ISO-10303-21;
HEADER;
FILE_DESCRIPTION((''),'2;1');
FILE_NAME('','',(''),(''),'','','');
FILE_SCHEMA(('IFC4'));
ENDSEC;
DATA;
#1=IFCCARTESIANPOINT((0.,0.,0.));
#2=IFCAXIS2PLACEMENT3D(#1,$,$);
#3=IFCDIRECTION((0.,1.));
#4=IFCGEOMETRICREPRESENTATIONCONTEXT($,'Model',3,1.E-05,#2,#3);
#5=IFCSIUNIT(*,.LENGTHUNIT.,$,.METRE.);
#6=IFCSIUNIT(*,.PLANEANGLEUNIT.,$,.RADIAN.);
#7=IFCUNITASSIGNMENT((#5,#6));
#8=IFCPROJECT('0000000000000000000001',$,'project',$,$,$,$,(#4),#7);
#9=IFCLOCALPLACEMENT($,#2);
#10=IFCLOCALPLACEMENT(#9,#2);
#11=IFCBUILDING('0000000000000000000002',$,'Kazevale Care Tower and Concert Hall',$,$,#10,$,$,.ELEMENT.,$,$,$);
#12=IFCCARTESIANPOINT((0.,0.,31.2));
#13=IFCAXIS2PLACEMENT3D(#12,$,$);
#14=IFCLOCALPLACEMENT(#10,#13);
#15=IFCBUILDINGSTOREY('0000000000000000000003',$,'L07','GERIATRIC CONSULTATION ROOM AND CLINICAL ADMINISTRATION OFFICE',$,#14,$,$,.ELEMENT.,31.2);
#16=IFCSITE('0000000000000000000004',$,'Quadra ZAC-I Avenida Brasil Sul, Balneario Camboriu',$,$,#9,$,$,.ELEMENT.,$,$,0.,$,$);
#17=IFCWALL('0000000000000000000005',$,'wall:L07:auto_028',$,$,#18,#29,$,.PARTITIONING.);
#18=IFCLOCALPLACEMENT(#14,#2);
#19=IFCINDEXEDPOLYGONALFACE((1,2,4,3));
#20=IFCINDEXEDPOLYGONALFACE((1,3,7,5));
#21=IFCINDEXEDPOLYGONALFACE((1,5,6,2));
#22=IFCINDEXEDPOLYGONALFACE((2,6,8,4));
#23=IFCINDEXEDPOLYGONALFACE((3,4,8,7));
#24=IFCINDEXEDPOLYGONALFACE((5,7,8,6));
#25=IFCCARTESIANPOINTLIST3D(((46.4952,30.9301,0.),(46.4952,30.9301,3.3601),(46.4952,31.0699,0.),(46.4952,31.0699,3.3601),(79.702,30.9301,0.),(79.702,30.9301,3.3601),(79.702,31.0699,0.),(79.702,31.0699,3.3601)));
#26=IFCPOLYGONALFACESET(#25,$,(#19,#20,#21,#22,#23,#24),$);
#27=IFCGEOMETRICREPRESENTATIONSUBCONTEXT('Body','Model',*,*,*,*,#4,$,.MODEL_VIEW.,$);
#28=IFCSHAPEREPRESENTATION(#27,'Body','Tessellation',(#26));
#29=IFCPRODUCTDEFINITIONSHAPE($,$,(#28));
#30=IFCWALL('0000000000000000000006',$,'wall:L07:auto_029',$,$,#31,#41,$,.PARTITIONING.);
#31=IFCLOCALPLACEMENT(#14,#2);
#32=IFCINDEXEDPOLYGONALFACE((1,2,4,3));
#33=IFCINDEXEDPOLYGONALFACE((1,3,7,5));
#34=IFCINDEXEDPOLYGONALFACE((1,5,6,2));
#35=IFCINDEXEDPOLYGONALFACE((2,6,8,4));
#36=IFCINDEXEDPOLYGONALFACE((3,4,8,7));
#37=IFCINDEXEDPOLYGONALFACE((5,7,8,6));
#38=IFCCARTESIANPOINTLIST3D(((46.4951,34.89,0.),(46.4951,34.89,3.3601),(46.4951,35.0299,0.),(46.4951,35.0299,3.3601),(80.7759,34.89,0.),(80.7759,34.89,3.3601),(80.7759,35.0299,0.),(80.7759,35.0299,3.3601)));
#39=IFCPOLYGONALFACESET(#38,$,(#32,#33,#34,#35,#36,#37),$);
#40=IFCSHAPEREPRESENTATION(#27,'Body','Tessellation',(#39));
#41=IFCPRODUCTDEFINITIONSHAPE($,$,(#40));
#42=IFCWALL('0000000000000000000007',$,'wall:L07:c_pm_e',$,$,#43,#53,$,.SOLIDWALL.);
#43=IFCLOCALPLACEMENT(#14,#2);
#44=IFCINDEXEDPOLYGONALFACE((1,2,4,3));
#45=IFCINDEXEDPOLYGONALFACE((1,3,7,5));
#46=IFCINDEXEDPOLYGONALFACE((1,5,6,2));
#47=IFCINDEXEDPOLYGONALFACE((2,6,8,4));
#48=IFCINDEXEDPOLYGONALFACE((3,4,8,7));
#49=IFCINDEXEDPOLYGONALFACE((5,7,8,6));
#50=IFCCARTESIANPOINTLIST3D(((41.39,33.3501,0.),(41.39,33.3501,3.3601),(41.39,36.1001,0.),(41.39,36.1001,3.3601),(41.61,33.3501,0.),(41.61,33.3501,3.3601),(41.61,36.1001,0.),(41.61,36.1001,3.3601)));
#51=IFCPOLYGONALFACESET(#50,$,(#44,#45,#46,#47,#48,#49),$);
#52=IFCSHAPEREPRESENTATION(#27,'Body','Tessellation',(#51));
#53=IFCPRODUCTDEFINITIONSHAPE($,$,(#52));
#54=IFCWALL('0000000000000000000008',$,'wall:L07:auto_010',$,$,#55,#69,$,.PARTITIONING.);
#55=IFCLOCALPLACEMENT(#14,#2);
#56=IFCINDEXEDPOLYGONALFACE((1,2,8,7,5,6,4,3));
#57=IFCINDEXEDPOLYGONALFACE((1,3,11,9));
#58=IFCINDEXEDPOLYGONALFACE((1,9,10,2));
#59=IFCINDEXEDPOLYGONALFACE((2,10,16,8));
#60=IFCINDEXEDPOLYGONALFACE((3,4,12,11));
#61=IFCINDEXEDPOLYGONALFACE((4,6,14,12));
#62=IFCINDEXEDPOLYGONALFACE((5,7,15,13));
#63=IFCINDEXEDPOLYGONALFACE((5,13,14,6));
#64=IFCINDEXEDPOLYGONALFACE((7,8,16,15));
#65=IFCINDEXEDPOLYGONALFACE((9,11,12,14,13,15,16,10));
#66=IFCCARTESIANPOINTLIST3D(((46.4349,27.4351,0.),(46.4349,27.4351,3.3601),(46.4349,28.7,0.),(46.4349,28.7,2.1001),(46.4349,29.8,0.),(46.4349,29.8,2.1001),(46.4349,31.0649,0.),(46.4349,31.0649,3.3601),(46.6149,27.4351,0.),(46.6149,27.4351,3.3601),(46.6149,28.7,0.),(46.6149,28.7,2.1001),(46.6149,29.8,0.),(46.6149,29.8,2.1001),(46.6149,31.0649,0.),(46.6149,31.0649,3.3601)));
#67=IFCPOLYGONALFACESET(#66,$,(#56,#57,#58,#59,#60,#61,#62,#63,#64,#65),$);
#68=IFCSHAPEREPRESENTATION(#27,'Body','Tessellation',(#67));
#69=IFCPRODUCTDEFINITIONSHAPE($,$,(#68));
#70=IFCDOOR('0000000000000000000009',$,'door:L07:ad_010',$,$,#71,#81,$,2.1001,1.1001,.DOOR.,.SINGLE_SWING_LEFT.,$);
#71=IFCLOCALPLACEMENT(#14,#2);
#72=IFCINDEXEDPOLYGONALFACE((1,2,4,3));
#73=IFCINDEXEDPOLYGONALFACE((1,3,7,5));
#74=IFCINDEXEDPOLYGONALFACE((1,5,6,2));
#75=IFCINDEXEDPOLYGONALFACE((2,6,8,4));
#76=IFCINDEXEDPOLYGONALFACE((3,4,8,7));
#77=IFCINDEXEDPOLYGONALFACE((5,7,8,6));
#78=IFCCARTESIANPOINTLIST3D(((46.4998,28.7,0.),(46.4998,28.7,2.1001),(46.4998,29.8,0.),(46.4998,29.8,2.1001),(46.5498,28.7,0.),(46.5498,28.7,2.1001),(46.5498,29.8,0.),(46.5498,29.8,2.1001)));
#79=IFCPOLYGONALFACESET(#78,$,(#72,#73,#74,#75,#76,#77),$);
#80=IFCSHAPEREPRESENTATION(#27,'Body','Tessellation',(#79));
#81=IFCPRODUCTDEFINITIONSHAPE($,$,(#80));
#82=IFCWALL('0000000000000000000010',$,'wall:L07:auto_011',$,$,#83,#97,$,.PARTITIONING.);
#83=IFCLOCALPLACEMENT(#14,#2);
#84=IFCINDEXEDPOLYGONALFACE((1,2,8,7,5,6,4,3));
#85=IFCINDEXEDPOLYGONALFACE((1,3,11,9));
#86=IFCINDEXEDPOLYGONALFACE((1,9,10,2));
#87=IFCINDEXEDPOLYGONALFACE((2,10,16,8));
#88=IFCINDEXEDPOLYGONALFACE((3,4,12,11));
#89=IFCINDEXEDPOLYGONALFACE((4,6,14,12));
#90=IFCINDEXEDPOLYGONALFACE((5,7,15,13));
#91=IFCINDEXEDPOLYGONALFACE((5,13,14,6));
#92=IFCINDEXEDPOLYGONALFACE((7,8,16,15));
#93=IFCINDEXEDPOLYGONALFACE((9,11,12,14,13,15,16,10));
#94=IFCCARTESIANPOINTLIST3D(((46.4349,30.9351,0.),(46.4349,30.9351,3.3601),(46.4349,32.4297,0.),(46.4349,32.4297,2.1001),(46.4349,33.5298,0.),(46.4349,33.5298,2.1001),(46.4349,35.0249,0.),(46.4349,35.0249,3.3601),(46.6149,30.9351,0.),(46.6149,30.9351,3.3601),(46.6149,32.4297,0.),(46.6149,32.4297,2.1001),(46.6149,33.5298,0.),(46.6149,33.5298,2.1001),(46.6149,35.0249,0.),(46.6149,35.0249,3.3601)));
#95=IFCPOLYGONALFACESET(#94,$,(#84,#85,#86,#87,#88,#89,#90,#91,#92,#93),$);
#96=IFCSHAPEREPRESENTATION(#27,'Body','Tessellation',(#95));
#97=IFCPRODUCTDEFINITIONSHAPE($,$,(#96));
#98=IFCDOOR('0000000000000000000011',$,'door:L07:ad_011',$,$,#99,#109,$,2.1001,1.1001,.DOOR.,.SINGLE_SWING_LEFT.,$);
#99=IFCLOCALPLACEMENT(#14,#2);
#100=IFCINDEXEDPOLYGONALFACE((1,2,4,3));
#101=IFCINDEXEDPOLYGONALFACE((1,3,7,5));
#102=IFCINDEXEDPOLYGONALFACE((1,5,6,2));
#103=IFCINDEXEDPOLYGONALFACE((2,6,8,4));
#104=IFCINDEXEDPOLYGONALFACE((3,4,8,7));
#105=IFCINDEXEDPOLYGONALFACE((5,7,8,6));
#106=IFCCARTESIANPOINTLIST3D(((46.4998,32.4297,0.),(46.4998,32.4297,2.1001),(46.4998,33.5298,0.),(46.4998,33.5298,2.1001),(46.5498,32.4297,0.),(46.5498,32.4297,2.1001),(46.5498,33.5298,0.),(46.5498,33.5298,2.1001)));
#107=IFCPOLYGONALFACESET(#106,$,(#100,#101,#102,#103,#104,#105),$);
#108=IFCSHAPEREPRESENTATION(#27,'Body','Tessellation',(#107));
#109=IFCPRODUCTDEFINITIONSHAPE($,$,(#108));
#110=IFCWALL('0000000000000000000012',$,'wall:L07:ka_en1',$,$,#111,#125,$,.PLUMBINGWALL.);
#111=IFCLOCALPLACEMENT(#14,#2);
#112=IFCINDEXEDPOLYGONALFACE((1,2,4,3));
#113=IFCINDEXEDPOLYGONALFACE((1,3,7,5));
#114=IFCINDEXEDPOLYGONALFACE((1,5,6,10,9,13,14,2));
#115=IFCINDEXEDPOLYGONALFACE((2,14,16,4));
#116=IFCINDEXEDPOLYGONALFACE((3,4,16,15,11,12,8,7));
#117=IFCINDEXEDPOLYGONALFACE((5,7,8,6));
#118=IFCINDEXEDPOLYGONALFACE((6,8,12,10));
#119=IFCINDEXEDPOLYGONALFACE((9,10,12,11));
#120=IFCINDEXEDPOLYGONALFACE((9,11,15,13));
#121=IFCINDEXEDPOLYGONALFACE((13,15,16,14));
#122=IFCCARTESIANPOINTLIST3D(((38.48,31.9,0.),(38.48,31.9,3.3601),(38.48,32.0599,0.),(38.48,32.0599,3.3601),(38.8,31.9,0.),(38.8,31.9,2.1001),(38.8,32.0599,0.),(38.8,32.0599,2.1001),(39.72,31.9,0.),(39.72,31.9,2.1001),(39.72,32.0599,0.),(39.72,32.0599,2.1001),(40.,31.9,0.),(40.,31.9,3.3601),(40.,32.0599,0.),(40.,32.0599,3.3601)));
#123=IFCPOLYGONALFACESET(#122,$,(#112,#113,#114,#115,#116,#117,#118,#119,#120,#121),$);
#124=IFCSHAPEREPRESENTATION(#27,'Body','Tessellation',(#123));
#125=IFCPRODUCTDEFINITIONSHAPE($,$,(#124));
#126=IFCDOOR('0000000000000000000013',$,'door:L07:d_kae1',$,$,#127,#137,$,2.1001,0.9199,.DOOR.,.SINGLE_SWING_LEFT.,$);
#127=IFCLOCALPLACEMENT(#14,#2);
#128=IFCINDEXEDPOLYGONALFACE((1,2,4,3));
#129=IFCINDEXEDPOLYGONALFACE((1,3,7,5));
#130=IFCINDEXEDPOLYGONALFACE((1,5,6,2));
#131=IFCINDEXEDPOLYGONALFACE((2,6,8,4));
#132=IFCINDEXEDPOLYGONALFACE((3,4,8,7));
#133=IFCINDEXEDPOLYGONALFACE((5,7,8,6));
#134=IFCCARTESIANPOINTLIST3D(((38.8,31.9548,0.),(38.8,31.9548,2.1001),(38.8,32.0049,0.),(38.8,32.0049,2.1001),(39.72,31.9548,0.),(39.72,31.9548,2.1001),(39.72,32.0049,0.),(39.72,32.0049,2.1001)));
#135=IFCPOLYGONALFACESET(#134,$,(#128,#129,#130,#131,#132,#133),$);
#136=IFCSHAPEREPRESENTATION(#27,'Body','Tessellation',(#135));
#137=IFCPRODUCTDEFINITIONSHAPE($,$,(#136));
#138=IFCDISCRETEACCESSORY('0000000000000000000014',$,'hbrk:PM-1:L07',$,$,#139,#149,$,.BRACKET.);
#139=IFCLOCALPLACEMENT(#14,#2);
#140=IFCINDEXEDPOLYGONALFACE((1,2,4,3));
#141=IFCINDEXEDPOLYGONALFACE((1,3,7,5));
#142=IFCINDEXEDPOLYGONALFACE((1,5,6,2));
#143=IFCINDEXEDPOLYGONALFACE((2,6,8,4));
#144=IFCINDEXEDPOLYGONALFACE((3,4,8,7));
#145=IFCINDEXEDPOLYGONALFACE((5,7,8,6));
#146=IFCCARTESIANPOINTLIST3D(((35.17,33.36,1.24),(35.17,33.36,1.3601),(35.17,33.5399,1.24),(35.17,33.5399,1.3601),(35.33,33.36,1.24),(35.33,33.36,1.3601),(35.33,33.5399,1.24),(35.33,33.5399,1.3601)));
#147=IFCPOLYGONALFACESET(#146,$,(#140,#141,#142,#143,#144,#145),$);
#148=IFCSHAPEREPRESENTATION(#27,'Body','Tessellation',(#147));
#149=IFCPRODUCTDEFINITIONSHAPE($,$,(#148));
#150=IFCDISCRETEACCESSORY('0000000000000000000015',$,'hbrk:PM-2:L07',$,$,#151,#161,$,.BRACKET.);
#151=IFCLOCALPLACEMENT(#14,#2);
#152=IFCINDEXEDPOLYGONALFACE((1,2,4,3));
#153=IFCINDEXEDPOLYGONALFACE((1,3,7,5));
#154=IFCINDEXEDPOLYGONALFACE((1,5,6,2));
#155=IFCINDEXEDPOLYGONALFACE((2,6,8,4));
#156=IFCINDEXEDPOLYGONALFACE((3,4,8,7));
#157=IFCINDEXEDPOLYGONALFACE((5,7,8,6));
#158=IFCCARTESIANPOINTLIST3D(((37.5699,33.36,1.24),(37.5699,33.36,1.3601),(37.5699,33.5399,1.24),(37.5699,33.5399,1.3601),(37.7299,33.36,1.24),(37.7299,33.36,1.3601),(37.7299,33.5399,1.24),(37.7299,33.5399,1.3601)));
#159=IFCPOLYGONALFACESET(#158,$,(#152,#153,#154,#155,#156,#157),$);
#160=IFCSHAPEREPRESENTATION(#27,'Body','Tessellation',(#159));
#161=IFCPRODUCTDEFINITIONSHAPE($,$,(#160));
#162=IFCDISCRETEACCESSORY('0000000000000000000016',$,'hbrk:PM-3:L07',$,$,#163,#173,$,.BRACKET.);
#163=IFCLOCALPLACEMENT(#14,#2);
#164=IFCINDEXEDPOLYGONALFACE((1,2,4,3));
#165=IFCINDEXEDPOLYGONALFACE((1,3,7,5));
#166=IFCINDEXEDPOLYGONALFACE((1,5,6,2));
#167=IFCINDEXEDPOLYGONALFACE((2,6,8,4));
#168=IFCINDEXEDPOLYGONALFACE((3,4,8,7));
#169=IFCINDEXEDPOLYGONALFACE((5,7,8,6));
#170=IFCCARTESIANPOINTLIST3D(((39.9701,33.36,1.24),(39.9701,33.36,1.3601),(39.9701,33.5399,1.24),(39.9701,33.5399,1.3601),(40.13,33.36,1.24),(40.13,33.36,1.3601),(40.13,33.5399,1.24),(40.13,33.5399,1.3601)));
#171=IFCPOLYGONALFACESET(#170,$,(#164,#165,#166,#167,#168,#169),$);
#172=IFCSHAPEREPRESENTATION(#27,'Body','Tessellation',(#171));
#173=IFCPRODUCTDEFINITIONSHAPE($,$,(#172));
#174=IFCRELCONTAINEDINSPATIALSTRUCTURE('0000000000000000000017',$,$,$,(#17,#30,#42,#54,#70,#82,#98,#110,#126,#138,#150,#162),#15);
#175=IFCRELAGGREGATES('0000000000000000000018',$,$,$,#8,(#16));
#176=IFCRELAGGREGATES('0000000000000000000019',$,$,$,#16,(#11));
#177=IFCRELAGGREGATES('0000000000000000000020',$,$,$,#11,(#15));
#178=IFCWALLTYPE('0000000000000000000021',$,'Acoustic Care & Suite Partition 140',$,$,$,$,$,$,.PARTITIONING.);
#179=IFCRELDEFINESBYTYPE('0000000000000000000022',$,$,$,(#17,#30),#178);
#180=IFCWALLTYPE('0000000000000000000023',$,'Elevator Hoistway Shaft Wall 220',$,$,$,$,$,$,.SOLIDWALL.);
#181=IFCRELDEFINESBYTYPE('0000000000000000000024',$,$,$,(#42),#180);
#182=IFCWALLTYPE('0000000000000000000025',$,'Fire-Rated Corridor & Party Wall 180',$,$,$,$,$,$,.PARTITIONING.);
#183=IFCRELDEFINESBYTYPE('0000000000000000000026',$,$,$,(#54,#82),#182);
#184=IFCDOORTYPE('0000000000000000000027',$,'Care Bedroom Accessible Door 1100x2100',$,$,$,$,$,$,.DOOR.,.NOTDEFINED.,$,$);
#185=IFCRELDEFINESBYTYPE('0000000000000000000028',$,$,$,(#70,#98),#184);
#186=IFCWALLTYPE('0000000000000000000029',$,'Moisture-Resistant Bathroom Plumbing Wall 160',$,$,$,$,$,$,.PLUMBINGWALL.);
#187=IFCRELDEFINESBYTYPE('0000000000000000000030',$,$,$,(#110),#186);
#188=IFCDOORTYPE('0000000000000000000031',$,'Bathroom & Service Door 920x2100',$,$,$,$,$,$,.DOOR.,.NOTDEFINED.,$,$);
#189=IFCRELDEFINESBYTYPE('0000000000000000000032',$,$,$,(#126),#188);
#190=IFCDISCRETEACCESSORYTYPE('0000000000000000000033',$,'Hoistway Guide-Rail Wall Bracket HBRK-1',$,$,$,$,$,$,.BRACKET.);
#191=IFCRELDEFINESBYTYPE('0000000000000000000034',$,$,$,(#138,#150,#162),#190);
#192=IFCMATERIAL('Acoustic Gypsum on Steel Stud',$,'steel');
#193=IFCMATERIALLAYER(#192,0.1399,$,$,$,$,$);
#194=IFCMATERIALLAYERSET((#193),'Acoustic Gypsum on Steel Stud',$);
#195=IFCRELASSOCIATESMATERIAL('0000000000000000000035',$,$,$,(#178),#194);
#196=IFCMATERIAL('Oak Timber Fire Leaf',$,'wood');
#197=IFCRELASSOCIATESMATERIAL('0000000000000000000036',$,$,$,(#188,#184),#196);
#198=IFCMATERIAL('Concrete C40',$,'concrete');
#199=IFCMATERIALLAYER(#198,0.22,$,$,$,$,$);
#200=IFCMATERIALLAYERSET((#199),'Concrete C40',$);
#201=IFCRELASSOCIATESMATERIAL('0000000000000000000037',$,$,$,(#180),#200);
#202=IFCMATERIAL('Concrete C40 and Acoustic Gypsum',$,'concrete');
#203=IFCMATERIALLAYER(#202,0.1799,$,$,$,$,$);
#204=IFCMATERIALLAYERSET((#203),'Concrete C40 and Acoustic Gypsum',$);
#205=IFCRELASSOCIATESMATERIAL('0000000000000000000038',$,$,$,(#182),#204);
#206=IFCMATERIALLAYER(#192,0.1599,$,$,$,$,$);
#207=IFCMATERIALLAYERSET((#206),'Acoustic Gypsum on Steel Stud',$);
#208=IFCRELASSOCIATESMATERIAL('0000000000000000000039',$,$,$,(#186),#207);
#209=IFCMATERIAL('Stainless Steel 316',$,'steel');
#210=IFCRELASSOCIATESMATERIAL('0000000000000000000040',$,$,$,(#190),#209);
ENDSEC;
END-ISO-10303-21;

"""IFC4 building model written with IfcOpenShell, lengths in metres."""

from ifc_helpers import new_model, si_unit, direction, frame, frame_2d, origin, origin_2d, place, context, subcontext, project, spatial, rectangle, extrude, material, layer, layer_set, type_object, element, fill, save


model = new_model("IFC4")

# Units and contexts
model_context = context("Model", 3, precision=1e-05, world=origin(), true_north=direction((0.0, 1.0)))
body_context = subcontext(model_context, "Body", "Model", "MODEL_VIEW")
ifc_project = project(units=[si_unit("LENGTHUNIT", "METRE"), si_unit("PLANEANGLEUNIT", "RADIAN")], contexts=[model_context])

# Site, building, storey
site_placement = place(None, origin())
site = spatial("IfcSite", under=ifc_project, at=site_placement, Name="Quadra ZAC-I Avenida Brasil Sul, Balneario Camboriu", CompositionType="ELEMENT", RefElevation=0.0)
building_placement = place(site_placement, origin())
building = spatial("IfcBuilding", under=site, at=building_placement, Name="Kazevale Care Tower and Concert Hall", CompositionType="ELEMENT")
storey_placement = place(building_placement, frame((0.0, 0.0, 31.2)))
storey = spatial("IfcBuildingStorey", under=building, at=storey_placement, Name="L07", Description="GERIATRIC CONSULTATION ROOM AND CLINICAL ADMINISTRATION OFFICE", CompositionType="ELEMENT", Elevation=31.2)

# Shared definitions
ifc_material_1 = material(Name="Acoustic Gypsum on Steel Stud", Category="steel")
ifc_layer_1 = layer(ifc_material_1, 0.1399)
ifc_layer_set_1 = layer_set([ifc_layer_1], Name="Acoustic Gypsum on Steel Stud")
wall_type_1 = type_object("IfcWallType", Name="Acoustic Care & Suite Partition 140", PredefinedType="PARTITIONING", material=ifc_layer_set_1)
ifc_material_2 = material(Name="Oak Timber Fire Leaf", Category="wood")
door_type_1 = type_object("IfcDoorType", Name="Bathroom & Service Door 920x2100", OperationType="NOTDEFINED", PredefinedType="DOOR", material=ifc_material_2)

# Walls
wall_1_placement = place(storey_placement, frame((46.4951, 31.0, 0.0), z_axis=(0.0, 0.0, 1.0), x_axis=(1.0, 0.0, 0.0)))
element("IfcWall", 1, at=wall_1_placement, inside=storey, type_object=wall_type_1, Name="wall:L07:auto_028", PredefinedType="PARTITIONING", context=body_context, shape_type="SweptSolid", body=[
    extrude(rectangle(XDim=33.2068, YDim=0.1399, at=frame_2d((16.6035, 0.0))), origin(), (0.0, 0.0, 1.0), 3.3601),
])
wall_2_placement = place(storey_placement, frame((46.4951, 34.96, 0.0), z_axis=(0.0, 0.0, 1.0), x_axis=(1.0, 0.0, 0.0)))
element("IfcWall", 2, at=wall_2_placement, inside=storey, type_object=wall_type_1, Name="wall:L07:auto_029", PredefinedType="PARTITIONING", context=body_context, shape_type="SweptSolid", body=[
    extrude(rectangle(XDim=34.2808, YDim=0.1399, at=frame_2d((17.1404, 0.0))), origin(), (0.0, 0.0, 1.0), 3.3601),
])
ifc_material_3 = material(Name="Concrete C40", Category="concrete")
ifc_layer_2 = layer(ifc_material_3, 0.22)
ifc_layer_set_2 = layer_set([ifc_layer_2], Name="Concrete C40")
wall_type_2 = type_object("IfcWallType", Name="Elevator Hoistway Shaft Wall 220", PredefinedType="SOLIDWALL", material=ifc_layer_set_2)
wall_3_placement = place(storey_placement, frame((41.5, 33.3501, 0.0), z_axis=(0.0, 0.0, 1.0), x_axis=(0.0, 1.0, 0.0)))
element("IfcWall", 3, at=wall_3_placement, inside=storey, type_object=wall_type_2, Name="wall:L07:c_pm_e", PredefinedType="SOLIDWALL", context=body_context, shape_type="SweptSolid", body=[
    extrude(rectangle(XDim=2.75, YDim=0.22, at=frame_2d((1.375, 0.0))), origin(), (0.0, 0.0, 1.0), 3.3601),
])

# Walls, openings, doors
ifc_material_4 = material(Name="Concrete C40 and Acoustic Gypsum", Category="concrete")
ifc_layer_3 = layer(ifc_material_4, 0.1799)
ifc_layer_set_3 = layer_set([ifc_layer_3], Name="Concrete C40 and Acoustic Gypsum")
wall_type_3 = type_object("IfcWallType", Name="Fire-Rated Corridor & Party Wall 180", PredefinedType="PARTITIONING", material=ifc_layer_set_3)
wall_4_placement = place(storey_placement, frame((46.5249, 31.0649, 0.0), z_axis=(0.0, 0.0, 1.0), x_axis=(0.0, -1.0, 0.0)))
wall_4 = element("IfcWall", 4, at=wall_4_placement, inside=storey, type_object=wall_type_3, Name="wall:L07:auto_010", PredefinedType="PARTITIONING", context=body_context, shape_type="SweptSolid", body=[
    extrude(rectangle(XDim=3.6299, YDim=0.1799, at=frame_2d((1.8149, 0.0))), origin(), (0.0, 0.0, 1.0), 3.3601),
])
opening_1_placement = place(wall_4_placement, frame((1.2649, 0.0, 0.0)))
opening_1 = element("IfcOpeningElement", 5, at=opening_1_placement, cuts=wall_4, PredefinedType="OPENING", context=body_context, shape_type="SweptSolid", body=[
    extrude(rectangle(XDim=1.1001, YDim=2.1001, at=frame_2d((0.55, 1.05))), frame((0.0, 0.0999, 0.0), z_axis=(0.0, -1.0, 0.0), x_axis=(1.0, 0.0, 0.0)), (0.0, 0.0, 1.0), 0.2),
])
door_type_2 = type_object("IfcDoorType", Name="Care Bedroom Accessible Door 1100x2100", OperationType="NOTDEFINED", PredefinedType="DOOR", material=ifc_material_2)
door_1_placement = place(opening_1_placement, origin())
door_1 = element("IfcDoor", 6, at=door_1_placement, inside=storey, type_object=door_type_2, Name="door:L07:ad_010", OperationType="SINGLE_SWING_LEFT", OverallHeight=2.1001, OverallWidth=1.1001, PredefinedType="DOOR", context=body_context, shape_type="SweptSolid", body=[
    extrude(rectangle(XDim=1.1001, YDim=2.1001, at=frame_2d((0.55, 1.05))), frame((0.0, 0.0249, 0.0), z_axis=(0.0, -1.0, 0.0), x_axis=(1.0, 0.0, 0.0)), (0.0, 0.0, 1.0), 0.05),
])
fill(opening_1, door_1)
wall_5_placement = place(storey_placement, frame((46.5249, 35.0249, 0.0), z_axis=(0.0, 0.0, 1.0), x_axis=(0.0, -1.0, 0.0)))
wall_5 = element("IfcWall", 7, at=wall_5_placement, inside=storey, type_object=wall_type_3, Name="wall:L07:auto_011", PredefinedType="PARTITIONING", context=body_context, shape_type="SweptSolid", body=[
    extrude(rectangle(XDim=4.0898, YDim=0.1799, at=frame_2d((2.0449, 0.0))), origin(), (0.0, 0.0, 1.0), 3.3601),
])
opening_2_placement = place(wall_5_placement, frame((1.4951, 0.0, 0.0)))
opening_2 = element("IfcOpeningElement", 8, at=opening_2_placement, cuts=wall_5, PredefinedType="OPENING", context=body_context, shape_type="SweptSolid", body=[
    extrude(rectangle(XDim=1.1001, YDim=2.1001, at=frame_2d((0.55, 1.05))), frame((0.0, 0.0999, 0.0), z_axis=(0.0, -1.0, 0.0), x_axis=(1.0, 0.0, 0.0)), (0.0, 0.0, 1.0), 0.2),
])
door_2_placement = place(opening_2_placement, origin())
door_2 = element("IfcDoor", 9, at=door_2_placement, inside=storey, type_object=door_type_2, Name="door:L07:ad_011", OperationType="SINGLE_SWING_LEFT", OverallHeight=2.1001, OverallWidth=1.1001, PredefinedType="DOOR", context=body_context, shape_type="SweptSolid", body=[
    extrude(rectangle(XDim=1.1001, YDim=2.1001, at=frame_2d((0.55, 1.05))), frame((0.0, 0.0249, 0.0), z_axis=(0.0, -1.0, 0.0), x_axis=(1.0, 0.0, 0.0)), (0.0, 0.0, 1.0), 0.05),
])
fill(opening_2, door_2)
ifc_layer_4 = layer(ifc_material_1, 0.1599)
ifc_layer_set_4 = layer_set([ifc_layer_4], Name="Acoustic Gypsum on Steel Stud")
wall_type_4 = type_object("IfcWallType", Name="Moisture-Resistant Bathroom Plumbing Wall 160", PredefinedType="PLUMBINGWALL", material=ifc_layer_set_4)
wall_6_placement = place(storey_placement, frame((38.48, 31.98, 0.0), z_axis=(0.0, 0.0, 1.0), x_axis=(1.0, 0.0, 0.0)))
wall_6 = element("IfcWall", 10, at=wall_6_placement, inside=storey, type_object=wall_type_4, Name="wall:L07:ka_en1", PredefinedType="PLUMBINGWALL", context=body_context, shape_type="SweptSolid", body=[
    extrude(rectangle(XDim=1.52, YDim=0.1599, at=frame_2d((0.76, 0.0))), origin(), (0.0, 0.0, 1.0), 3.3601),
])
opening_3_placement = place(wall_6_placement, frame((0.3201, 0.0, 0.0)))
opening_3 = element("IfcOpeningElement", 11, at=opening_3_placement, cuts=wall_6, PredefinedType="OPENING", context=body_context, shape_type="SweptSolid", body=[
    extrude(rectangle(XDim=0.9199, YDim=2.1001, at=frame_2d((0.46, 1.05))), frame((0.0, 0.0898, 0.0), z_axis=(0.0, -1.0, 0.0), x_axis=(1.0, 0.0, 0.0)), (0.0, 0.0, 1.0), 0.1799),
])
door_3_placement = place(opening_3_placement, origin())
door_3 = element("IfcDoor", 12, at=door_3_placement, inside=storey, type_object=door_type_1, Name="door:L07:d_kae1", OperationType="SINGLE_SWING_LEFT", OverallHeight=2.1001, OverallWidth=0.9199, PredefinedType="DOOR", context=body_context, shape_type="SweptSolid", body=[
    extrude(rectangle(XDim=0.9199, YDim=2.1001, at=frame_2d((0.46, 1.05))), frame((0.0, 0.0249, 0.0), z_axis=(0.0, -1.0, 0.0), x_axis=(1.0, 0.0, 0.0)), (0.0, 0.0, 1.0), 0.05),
])
fill(opening_3, door_3)

# Discrete accessories
ifc_material_5 = material(Name="Stainless Steel 316", Category="steel")
discrete_accessory_type = type_object("IfcDiscreteAccessoryType", Name="Hoistway Guide-Rail Wall Bracket HBRK-1", PredefinedType="BRACKET", material=ifc_material_5)
for number, where, z_axis, x_axis, name in (
    (13, (35.25, 33.45, 1.24), (0.0, 0.0, 1.0), (1.0, 0.0, 0.0), "hbrk:PM-1:L07"),
    (14, (37.6499, 33.45, 1.24), (0.0, 0.0, 1.0), (1.0, 0.0, 0.0), "hbrk:PM-2:L07"),
    (15, (40.05, 33.45, 1.24), (0.0, 0.0, 1.0), (1.0, 0.0, 0.0), "hbrk:PM-3:L07"),
):
    element("IfcDiscreteAccessory", number, at=place(storey_placement, frame(where, z_axis=z_axis, x_axis=x_axis)), inside=storey, type_object=discrete_accessory_type, Name=name, PredefinedType="BRACKET", context=body_context, shape_type="SweptSolid", body=[
        extrude(rectangle(XDim=0.1599, YDim=0.1799, at=origin_2d()), origin(), (0.0, 0.0, 1.0), 0.1201),
    ])

save(model, "model.ifc")
